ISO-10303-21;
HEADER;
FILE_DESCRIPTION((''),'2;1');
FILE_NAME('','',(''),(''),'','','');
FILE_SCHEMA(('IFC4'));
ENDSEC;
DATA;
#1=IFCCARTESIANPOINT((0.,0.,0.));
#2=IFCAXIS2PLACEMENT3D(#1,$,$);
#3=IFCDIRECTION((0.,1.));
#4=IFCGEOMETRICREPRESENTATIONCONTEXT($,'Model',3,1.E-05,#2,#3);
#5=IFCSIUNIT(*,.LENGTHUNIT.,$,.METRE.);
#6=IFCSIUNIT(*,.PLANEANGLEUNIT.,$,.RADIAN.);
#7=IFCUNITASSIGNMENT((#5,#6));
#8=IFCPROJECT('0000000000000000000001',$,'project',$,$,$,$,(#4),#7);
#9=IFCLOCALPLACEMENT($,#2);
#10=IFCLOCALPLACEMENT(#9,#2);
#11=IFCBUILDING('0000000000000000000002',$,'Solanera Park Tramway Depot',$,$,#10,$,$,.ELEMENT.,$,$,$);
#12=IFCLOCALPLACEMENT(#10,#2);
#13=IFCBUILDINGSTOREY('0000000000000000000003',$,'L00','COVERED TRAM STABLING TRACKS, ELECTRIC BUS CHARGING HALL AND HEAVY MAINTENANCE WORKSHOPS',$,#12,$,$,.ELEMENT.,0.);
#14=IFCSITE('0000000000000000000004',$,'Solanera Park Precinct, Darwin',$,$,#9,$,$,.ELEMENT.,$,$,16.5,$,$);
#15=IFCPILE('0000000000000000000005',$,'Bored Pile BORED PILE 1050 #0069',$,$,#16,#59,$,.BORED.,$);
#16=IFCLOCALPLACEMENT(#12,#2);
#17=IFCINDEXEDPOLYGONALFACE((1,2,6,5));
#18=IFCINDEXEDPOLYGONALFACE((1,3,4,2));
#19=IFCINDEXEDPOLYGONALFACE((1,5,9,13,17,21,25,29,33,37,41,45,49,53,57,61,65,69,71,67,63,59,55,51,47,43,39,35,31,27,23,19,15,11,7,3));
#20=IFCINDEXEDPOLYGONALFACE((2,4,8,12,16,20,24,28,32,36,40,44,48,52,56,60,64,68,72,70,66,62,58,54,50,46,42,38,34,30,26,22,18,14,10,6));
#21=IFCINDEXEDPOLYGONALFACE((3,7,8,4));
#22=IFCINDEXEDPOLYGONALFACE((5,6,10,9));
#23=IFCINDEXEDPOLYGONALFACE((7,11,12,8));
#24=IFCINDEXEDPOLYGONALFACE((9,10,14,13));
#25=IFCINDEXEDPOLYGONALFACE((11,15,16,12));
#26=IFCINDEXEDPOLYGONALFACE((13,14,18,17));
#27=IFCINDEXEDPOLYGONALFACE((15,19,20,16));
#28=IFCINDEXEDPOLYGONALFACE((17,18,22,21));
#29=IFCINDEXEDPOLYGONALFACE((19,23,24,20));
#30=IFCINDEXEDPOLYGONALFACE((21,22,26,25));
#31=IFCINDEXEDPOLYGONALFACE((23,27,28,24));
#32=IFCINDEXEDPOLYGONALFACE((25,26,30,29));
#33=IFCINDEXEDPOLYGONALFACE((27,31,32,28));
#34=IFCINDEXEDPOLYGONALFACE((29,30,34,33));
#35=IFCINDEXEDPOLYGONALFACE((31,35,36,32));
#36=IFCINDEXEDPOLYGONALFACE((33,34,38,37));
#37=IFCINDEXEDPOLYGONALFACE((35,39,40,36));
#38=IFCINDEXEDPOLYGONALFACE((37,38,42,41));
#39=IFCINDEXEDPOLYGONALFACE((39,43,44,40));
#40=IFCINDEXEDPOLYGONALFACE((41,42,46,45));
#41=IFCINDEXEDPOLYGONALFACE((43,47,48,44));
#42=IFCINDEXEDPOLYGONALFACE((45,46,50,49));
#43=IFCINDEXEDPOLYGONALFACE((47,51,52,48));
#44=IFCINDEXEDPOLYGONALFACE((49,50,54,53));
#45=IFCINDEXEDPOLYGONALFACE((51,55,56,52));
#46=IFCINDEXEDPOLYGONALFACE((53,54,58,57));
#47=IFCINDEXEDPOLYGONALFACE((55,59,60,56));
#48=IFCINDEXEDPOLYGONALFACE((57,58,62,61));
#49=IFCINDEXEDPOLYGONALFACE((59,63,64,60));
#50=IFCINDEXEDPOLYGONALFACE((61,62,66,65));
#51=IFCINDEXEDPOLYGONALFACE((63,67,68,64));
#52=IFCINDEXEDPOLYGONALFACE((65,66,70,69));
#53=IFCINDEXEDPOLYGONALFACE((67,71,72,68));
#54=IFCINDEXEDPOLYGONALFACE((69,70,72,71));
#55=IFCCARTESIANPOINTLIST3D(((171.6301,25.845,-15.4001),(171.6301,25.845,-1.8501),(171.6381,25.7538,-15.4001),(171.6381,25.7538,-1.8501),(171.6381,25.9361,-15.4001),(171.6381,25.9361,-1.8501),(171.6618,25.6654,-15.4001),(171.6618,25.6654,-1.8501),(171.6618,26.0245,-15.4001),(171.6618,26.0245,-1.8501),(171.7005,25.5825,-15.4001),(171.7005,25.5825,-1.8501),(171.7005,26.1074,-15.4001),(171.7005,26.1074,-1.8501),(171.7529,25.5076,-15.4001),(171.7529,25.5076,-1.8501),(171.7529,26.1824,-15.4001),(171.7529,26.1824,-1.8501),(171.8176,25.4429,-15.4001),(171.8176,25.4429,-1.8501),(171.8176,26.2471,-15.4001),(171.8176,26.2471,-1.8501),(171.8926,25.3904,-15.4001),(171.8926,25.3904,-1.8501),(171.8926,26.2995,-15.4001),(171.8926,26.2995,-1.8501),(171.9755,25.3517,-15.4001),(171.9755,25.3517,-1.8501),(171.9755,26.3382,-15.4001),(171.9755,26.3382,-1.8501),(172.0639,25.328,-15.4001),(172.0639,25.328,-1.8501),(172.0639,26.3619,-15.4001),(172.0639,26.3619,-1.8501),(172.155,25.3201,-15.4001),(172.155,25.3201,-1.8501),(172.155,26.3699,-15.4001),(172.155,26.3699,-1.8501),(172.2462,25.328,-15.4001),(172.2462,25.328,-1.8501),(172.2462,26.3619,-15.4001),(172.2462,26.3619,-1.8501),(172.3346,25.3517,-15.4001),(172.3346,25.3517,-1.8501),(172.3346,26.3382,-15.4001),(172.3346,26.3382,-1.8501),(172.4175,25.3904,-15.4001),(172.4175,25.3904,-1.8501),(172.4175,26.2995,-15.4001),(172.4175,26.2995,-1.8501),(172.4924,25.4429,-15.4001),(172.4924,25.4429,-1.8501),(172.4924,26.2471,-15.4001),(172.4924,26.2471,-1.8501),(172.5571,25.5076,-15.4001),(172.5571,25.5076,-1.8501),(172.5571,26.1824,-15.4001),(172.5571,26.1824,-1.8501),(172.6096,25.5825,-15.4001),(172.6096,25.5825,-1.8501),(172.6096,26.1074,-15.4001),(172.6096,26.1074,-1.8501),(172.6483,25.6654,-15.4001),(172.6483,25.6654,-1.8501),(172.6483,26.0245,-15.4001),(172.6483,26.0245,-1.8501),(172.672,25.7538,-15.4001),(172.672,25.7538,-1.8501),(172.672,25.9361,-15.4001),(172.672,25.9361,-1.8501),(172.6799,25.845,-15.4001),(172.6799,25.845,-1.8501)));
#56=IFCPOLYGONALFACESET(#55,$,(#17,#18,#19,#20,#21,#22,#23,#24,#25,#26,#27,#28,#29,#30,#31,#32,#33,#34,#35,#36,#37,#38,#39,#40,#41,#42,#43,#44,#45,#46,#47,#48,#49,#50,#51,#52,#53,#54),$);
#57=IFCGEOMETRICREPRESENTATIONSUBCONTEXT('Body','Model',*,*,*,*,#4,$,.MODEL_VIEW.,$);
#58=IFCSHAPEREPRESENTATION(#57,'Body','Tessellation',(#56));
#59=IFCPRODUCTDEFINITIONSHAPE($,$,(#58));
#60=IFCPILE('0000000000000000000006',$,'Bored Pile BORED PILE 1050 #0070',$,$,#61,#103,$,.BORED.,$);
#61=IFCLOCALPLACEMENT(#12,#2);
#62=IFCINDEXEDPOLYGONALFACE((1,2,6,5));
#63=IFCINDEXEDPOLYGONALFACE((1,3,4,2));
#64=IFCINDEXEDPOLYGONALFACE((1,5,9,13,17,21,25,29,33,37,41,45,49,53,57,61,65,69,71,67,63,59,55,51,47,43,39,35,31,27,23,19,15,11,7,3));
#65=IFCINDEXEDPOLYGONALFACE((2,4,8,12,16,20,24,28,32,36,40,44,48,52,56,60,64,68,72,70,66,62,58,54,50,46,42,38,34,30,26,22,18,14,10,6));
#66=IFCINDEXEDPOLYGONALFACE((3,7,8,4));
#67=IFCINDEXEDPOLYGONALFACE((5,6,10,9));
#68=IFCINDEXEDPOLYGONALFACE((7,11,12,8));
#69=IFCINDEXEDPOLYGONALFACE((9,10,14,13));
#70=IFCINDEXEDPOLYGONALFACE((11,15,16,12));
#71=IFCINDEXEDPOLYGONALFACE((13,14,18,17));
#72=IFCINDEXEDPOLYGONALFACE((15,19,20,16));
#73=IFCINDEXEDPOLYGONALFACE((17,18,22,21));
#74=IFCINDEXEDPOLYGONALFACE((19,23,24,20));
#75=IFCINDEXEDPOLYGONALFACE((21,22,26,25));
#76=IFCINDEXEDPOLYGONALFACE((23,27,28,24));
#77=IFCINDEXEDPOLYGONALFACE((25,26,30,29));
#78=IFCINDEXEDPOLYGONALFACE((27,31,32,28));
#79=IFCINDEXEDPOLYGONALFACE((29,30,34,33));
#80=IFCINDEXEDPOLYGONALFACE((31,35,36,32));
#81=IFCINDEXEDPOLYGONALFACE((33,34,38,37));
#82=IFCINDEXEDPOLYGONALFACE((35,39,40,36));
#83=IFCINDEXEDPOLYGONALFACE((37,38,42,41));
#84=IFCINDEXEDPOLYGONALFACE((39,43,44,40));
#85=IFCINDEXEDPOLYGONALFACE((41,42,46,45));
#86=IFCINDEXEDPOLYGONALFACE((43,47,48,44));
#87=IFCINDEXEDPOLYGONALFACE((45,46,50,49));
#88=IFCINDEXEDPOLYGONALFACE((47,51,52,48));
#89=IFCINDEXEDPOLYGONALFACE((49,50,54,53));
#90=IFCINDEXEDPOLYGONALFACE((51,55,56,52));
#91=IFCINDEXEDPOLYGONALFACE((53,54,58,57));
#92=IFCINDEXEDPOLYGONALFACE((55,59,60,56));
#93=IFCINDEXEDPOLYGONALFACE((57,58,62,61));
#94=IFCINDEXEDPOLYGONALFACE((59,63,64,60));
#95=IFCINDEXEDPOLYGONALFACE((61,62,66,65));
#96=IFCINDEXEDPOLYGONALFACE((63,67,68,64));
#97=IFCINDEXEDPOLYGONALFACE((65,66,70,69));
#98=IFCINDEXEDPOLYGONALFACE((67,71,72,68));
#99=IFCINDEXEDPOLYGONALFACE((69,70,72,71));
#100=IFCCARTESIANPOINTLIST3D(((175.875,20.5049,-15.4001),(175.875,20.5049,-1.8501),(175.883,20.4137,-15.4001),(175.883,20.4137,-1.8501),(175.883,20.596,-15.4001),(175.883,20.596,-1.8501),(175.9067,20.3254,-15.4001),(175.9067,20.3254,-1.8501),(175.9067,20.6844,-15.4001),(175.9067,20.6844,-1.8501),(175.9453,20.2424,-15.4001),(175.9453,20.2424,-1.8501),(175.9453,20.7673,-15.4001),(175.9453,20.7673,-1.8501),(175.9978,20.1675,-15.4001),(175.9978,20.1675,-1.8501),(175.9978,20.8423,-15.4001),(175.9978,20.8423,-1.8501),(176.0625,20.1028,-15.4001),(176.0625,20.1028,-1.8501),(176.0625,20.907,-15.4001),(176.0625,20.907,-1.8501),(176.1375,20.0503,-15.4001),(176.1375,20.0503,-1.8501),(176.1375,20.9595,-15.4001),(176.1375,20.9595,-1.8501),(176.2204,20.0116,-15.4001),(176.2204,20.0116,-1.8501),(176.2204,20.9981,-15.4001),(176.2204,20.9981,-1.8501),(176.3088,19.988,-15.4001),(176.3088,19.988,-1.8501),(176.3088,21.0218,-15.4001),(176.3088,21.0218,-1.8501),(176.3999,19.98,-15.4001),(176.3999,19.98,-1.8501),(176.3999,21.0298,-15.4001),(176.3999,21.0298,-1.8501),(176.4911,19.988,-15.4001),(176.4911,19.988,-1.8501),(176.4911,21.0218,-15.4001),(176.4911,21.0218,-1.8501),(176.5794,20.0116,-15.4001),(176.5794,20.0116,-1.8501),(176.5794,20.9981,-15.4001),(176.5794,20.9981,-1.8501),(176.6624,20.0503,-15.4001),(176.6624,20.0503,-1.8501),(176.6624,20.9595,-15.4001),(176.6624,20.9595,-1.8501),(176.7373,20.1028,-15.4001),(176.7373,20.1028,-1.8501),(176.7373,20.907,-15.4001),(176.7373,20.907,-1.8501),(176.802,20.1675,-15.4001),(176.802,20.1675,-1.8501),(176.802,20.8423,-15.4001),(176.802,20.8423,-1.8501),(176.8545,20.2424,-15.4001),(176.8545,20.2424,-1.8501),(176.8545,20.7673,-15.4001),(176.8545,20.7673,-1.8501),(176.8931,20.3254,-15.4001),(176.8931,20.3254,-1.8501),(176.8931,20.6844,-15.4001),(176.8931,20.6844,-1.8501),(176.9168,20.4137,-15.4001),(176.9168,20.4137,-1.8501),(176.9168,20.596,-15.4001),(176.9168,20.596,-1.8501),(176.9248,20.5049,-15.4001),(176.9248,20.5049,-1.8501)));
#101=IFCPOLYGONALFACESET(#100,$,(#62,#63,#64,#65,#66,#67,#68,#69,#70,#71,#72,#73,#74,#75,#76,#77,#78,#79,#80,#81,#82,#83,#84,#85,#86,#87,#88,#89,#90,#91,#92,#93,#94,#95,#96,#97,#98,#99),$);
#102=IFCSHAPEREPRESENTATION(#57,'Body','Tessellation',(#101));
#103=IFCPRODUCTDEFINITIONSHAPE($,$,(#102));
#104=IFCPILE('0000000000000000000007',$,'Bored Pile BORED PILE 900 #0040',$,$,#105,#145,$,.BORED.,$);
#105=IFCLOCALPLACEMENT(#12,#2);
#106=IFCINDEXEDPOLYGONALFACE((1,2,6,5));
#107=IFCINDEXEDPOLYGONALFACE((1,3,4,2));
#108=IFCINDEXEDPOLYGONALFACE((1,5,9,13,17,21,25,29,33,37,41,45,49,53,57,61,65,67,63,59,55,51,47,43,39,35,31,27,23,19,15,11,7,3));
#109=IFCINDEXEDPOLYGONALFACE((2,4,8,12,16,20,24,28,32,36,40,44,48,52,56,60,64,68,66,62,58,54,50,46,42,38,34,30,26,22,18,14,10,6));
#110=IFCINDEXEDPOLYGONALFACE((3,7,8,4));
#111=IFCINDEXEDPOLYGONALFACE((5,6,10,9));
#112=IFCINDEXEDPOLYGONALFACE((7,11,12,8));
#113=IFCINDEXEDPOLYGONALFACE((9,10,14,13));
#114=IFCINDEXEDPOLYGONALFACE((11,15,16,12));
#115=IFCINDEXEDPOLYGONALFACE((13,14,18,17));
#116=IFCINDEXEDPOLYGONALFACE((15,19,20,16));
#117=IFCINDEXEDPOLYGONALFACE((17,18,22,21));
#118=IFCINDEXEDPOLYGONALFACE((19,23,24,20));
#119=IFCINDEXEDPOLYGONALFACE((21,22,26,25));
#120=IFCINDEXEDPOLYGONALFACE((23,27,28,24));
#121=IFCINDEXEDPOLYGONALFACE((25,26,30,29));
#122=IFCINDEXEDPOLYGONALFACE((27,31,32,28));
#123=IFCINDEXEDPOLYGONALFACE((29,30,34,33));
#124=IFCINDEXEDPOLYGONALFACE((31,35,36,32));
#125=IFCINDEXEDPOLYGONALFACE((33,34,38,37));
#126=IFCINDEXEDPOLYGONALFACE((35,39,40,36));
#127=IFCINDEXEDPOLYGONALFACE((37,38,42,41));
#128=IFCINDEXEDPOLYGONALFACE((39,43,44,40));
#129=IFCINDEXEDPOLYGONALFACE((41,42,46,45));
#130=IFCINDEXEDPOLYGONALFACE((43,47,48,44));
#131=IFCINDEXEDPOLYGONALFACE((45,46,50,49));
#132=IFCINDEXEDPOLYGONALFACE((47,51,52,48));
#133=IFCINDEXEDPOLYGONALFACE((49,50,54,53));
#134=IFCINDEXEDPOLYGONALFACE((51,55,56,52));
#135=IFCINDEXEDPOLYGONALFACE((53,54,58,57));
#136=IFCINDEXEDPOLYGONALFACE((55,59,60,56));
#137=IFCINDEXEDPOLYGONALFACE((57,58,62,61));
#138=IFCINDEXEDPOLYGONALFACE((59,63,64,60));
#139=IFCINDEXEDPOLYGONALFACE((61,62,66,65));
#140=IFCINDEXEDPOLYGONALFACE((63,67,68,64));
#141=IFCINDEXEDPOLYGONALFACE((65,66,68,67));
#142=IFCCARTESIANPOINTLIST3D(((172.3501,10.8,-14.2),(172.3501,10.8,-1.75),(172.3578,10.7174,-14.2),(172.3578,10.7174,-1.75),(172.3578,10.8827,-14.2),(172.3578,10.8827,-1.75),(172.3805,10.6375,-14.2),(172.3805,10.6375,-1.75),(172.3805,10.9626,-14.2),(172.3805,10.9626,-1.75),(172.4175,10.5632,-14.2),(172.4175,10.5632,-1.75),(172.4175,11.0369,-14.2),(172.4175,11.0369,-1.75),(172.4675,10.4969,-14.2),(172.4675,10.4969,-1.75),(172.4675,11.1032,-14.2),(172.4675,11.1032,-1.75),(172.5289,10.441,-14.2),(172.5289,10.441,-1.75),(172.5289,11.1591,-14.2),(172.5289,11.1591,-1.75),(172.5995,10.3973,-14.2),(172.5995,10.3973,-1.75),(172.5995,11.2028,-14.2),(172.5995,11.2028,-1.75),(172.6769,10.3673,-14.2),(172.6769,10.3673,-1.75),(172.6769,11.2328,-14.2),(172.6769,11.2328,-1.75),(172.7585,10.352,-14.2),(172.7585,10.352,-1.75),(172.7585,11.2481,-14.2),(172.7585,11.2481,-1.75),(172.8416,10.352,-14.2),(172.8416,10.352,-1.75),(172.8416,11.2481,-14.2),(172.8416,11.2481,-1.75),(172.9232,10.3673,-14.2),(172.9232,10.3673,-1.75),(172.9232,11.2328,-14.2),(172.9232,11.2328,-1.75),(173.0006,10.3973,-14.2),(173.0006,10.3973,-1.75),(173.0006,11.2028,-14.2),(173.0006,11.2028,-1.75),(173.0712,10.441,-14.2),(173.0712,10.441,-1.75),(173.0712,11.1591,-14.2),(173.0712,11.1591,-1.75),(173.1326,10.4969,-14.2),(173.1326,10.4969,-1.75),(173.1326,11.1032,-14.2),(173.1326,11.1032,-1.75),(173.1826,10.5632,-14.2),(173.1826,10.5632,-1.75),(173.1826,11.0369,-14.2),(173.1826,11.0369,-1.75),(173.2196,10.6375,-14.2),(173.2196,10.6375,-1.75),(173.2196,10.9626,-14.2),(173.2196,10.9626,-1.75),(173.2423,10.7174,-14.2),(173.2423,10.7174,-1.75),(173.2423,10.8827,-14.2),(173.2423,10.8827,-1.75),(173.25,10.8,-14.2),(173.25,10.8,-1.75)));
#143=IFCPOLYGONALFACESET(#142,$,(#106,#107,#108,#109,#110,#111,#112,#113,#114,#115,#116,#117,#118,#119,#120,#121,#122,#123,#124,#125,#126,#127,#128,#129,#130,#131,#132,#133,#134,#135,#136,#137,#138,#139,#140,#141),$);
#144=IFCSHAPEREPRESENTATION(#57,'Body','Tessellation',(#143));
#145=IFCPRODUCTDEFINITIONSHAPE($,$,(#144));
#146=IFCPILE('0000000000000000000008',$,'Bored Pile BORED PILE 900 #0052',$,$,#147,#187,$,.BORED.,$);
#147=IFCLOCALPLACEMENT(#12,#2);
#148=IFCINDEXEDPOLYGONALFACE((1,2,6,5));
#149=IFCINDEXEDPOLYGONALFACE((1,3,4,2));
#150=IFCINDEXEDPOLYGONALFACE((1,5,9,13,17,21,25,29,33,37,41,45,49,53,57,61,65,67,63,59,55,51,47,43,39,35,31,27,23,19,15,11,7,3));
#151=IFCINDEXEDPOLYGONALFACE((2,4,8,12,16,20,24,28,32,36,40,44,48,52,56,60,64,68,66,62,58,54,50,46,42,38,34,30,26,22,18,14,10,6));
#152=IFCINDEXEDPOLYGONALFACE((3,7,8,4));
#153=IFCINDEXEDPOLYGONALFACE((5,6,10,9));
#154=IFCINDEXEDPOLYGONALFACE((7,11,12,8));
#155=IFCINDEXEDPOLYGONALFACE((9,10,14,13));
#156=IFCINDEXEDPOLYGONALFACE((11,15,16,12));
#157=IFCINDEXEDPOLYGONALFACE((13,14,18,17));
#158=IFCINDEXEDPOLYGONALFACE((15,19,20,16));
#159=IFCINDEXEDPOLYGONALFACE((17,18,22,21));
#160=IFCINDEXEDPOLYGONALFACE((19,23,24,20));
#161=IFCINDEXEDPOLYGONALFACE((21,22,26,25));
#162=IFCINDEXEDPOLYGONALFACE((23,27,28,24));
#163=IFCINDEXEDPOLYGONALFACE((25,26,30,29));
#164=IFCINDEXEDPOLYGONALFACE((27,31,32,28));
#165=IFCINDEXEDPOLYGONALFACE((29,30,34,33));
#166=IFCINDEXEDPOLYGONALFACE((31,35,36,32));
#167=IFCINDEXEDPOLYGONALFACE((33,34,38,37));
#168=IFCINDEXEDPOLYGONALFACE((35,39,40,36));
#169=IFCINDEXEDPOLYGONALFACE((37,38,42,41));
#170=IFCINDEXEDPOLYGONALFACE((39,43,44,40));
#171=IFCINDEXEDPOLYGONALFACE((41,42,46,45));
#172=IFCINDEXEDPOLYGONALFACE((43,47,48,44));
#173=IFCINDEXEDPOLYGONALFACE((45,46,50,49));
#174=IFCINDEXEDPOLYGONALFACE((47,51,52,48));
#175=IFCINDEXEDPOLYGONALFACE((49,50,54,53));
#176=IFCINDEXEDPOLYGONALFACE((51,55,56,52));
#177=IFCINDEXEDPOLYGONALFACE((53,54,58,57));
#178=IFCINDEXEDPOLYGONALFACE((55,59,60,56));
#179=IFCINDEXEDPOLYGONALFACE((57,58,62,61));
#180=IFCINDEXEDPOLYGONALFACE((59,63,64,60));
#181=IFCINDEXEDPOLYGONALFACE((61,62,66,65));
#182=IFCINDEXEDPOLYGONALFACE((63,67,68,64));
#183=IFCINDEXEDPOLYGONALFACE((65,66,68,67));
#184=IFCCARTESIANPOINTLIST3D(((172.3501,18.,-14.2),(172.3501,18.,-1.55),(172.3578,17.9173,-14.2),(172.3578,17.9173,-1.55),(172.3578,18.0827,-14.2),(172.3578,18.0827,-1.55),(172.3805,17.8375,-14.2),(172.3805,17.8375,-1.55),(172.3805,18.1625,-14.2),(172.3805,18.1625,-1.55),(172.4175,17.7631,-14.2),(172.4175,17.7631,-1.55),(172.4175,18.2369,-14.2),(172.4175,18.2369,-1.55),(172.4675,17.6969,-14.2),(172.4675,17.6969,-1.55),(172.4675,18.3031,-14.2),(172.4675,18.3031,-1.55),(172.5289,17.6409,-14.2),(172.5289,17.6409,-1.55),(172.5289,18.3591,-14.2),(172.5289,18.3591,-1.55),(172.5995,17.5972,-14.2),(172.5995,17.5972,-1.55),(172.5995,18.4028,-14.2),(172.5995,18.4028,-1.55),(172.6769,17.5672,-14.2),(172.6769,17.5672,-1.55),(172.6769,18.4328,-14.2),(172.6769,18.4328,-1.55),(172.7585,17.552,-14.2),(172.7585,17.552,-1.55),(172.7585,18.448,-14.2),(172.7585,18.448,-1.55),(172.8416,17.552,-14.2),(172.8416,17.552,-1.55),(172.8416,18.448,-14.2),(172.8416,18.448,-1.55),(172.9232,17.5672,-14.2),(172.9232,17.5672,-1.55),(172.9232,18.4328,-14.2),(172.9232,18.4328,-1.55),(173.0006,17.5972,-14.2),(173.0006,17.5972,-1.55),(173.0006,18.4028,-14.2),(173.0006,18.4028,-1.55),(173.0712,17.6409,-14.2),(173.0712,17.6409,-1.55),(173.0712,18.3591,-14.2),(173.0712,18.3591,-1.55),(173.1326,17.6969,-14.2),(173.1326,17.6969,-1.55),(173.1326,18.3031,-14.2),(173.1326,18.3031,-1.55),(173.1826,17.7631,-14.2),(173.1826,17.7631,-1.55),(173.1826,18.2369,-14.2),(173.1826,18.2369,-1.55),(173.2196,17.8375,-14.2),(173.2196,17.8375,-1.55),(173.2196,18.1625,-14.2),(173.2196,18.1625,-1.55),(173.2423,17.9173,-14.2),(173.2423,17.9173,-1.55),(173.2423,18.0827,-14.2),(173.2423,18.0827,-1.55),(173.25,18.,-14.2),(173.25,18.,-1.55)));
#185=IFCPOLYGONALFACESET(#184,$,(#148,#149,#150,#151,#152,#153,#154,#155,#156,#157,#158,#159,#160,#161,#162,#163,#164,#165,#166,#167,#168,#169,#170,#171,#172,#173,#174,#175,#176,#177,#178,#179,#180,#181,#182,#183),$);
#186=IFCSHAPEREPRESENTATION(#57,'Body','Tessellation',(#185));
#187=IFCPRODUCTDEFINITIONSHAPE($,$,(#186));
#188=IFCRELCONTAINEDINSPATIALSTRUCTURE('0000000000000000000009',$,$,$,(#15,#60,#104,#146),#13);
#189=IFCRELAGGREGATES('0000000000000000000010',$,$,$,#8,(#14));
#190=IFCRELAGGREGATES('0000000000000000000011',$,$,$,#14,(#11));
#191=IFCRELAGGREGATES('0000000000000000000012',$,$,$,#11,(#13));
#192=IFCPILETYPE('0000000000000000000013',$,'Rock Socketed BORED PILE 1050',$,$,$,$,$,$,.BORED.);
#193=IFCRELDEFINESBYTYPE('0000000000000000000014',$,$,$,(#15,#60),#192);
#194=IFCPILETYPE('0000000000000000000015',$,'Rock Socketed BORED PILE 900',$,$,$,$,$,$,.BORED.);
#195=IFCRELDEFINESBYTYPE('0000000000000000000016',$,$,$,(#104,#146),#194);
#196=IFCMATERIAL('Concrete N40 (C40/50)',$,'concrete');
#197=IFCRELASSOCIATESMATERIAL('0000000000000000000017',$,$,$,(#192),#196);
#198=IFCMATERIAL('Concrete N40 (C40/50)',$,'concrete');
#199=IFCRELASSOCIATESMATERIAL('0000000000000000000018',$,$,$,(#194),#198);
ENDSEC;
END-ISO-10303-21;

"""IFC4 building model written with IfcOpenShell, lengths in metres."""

from ifc_helpers import new_model, si_unit, direction, frame, origin, origin_2d, place, context, subcontext, project, spatial, circle, extrude, material, material_profile, profile_set, type_object, element, save


model = new_model("IFC4")

# Units and contexts
model_context = context("Model", 3, precision=1e-05, world=origin(), true_north=direction((0.0, 1.0)))
body_context = subcontext(model_context, "Body", "Model", "MODEL_VIEW")
ifc_project = project(units=[si_unit("LENGTHUNIT", "METRE"), si_unit("PLANEANGLEUNIT", "RADIAN")], contexts=[model_context])

# Site, building, storey
site_placement = place(None, origin())
site = spatial("IfcSite", under=ifc_project, at=site_placement, Name="Solanera Park Precinct, Darwin", CompositionType="ELEMENT", RefElevation=16.5)
building_placement = place(site_placement, origin())
building = spatial("IfcBuilding", under=site, at=building_placement, Name="Solanera Park Tramway Depot", CompositionType="ELEMENT")
storey_placement = place(building_placement, origin())
storey = spatial("IfcBuildingStorey", under=building, at=storey_placement, Name="L00", Description="COVERED TRAM STABLING TRACKS, ELECTRIC BUS CHARGING HALL AND HEAVY MAINTENANCE WORKSHOPS", CompositionType="ELEMENT", Elevation=0.0)

# Piles
ifc_material_1 = material(Name="Concrete N40 (C40/50)", Category="concrete")
ifc_material_profile_1 = material_profile(ifc_material_1, circle(Radius=0.5249, at=origin_2d()), Name="BORED PILE 1050")
ifc_profile_set_1 = profile_set([ifc_material_profile_1], Name="Concrete N40 (C40/50)")
pile_type_1 = type_object("IfcPileType", Name="Rock Socketed BORED PILE 1050", PredefinedType="BORED", material=ifc_profile_set_1)
for number, where, z_axis, x_axis, name in (
    (1, (172.155, 25.845, -1.8501), (0.0, 0.0, -1.0), (1.0, 0.0, 0.0), "Bored Pile BORED PILE 1050 #0069"),
    (2, (176.3999, 20.5049, -1.8501), (0.0, 0.0, -1.0), (1.0, 0.0, 0.0), "Bored Pile BORED PILE 1050 #0070"),
):
    element("IfcPile", number, at=place(storey_placement, frame(where, z_axis=z_axis, x_axis=x_axis)), inside=storey, type_object=pile_type_1, Name=name, PredefinedType="BORED", context=body_context, shape_type="SweptSolid", body=[
        extrude(circle(Radius=0.5249, at=origin_2d()), origin(), (0.0, 0.0, 1.0), 13.55),
    ])
ifc_material_2 = material(Name="Concrete N40 (C40/50)", Category="concrete")
ifc_material_profile_2 = material_profile(ifc_material_2, circle(Radius=0.45, at=origin_2d()), Name="BORED PILE 900")
ifc_profile_set_2 = profile_set([ifc_material_profile_2], Name="Concrete N40 (C40/50)")
pile_type_2 = type_object("IfcPileType", Name="Rock Socketed BORED PILE 900", PredefinedType="BORED", material=ifc_profile_set_2)
pile_1_placement = place(storey_placement, frame((172.8, 10.8, -1.75), z_axis=(0.0, 0.0, -1.0), x_axis=(1.0, 0.0, 0.0)))
element("IfcPile", 3, at=pile_1_placement, inside=storey, type_object=pile_type_2, Name="Bored Pile BORED PILE 900 #0040", PredefinedType="BORED", context=body_context, shape_type="SweptSolid", body=[
    extrude(circle(Radius=0.45, at=origin_2d()), origin(), (0.0, 0.0, 1.0), 12.45),
])
pile_2_placement = place(storey_placement, frame((172.8, 18.0, -1.55), z_axis=(0.0, 0.0, -1.0), x_axis=(1.0, 0.0, 0.0)))
element("IfcPile", 4, at=pile_2_placement, inside=storey, type_object=pile_type_2, Name="Bored Pile BORED PILE 900 #0052", PredefinedType="BORED", context=body_context, shape_type="SweptSolid", body=[
    extrude(circle(Radius=0.45, at=origin_2d()), origin(), (0.0, 0.0, 1.0), 12.6499),
])

save(model, "model.ifc")
